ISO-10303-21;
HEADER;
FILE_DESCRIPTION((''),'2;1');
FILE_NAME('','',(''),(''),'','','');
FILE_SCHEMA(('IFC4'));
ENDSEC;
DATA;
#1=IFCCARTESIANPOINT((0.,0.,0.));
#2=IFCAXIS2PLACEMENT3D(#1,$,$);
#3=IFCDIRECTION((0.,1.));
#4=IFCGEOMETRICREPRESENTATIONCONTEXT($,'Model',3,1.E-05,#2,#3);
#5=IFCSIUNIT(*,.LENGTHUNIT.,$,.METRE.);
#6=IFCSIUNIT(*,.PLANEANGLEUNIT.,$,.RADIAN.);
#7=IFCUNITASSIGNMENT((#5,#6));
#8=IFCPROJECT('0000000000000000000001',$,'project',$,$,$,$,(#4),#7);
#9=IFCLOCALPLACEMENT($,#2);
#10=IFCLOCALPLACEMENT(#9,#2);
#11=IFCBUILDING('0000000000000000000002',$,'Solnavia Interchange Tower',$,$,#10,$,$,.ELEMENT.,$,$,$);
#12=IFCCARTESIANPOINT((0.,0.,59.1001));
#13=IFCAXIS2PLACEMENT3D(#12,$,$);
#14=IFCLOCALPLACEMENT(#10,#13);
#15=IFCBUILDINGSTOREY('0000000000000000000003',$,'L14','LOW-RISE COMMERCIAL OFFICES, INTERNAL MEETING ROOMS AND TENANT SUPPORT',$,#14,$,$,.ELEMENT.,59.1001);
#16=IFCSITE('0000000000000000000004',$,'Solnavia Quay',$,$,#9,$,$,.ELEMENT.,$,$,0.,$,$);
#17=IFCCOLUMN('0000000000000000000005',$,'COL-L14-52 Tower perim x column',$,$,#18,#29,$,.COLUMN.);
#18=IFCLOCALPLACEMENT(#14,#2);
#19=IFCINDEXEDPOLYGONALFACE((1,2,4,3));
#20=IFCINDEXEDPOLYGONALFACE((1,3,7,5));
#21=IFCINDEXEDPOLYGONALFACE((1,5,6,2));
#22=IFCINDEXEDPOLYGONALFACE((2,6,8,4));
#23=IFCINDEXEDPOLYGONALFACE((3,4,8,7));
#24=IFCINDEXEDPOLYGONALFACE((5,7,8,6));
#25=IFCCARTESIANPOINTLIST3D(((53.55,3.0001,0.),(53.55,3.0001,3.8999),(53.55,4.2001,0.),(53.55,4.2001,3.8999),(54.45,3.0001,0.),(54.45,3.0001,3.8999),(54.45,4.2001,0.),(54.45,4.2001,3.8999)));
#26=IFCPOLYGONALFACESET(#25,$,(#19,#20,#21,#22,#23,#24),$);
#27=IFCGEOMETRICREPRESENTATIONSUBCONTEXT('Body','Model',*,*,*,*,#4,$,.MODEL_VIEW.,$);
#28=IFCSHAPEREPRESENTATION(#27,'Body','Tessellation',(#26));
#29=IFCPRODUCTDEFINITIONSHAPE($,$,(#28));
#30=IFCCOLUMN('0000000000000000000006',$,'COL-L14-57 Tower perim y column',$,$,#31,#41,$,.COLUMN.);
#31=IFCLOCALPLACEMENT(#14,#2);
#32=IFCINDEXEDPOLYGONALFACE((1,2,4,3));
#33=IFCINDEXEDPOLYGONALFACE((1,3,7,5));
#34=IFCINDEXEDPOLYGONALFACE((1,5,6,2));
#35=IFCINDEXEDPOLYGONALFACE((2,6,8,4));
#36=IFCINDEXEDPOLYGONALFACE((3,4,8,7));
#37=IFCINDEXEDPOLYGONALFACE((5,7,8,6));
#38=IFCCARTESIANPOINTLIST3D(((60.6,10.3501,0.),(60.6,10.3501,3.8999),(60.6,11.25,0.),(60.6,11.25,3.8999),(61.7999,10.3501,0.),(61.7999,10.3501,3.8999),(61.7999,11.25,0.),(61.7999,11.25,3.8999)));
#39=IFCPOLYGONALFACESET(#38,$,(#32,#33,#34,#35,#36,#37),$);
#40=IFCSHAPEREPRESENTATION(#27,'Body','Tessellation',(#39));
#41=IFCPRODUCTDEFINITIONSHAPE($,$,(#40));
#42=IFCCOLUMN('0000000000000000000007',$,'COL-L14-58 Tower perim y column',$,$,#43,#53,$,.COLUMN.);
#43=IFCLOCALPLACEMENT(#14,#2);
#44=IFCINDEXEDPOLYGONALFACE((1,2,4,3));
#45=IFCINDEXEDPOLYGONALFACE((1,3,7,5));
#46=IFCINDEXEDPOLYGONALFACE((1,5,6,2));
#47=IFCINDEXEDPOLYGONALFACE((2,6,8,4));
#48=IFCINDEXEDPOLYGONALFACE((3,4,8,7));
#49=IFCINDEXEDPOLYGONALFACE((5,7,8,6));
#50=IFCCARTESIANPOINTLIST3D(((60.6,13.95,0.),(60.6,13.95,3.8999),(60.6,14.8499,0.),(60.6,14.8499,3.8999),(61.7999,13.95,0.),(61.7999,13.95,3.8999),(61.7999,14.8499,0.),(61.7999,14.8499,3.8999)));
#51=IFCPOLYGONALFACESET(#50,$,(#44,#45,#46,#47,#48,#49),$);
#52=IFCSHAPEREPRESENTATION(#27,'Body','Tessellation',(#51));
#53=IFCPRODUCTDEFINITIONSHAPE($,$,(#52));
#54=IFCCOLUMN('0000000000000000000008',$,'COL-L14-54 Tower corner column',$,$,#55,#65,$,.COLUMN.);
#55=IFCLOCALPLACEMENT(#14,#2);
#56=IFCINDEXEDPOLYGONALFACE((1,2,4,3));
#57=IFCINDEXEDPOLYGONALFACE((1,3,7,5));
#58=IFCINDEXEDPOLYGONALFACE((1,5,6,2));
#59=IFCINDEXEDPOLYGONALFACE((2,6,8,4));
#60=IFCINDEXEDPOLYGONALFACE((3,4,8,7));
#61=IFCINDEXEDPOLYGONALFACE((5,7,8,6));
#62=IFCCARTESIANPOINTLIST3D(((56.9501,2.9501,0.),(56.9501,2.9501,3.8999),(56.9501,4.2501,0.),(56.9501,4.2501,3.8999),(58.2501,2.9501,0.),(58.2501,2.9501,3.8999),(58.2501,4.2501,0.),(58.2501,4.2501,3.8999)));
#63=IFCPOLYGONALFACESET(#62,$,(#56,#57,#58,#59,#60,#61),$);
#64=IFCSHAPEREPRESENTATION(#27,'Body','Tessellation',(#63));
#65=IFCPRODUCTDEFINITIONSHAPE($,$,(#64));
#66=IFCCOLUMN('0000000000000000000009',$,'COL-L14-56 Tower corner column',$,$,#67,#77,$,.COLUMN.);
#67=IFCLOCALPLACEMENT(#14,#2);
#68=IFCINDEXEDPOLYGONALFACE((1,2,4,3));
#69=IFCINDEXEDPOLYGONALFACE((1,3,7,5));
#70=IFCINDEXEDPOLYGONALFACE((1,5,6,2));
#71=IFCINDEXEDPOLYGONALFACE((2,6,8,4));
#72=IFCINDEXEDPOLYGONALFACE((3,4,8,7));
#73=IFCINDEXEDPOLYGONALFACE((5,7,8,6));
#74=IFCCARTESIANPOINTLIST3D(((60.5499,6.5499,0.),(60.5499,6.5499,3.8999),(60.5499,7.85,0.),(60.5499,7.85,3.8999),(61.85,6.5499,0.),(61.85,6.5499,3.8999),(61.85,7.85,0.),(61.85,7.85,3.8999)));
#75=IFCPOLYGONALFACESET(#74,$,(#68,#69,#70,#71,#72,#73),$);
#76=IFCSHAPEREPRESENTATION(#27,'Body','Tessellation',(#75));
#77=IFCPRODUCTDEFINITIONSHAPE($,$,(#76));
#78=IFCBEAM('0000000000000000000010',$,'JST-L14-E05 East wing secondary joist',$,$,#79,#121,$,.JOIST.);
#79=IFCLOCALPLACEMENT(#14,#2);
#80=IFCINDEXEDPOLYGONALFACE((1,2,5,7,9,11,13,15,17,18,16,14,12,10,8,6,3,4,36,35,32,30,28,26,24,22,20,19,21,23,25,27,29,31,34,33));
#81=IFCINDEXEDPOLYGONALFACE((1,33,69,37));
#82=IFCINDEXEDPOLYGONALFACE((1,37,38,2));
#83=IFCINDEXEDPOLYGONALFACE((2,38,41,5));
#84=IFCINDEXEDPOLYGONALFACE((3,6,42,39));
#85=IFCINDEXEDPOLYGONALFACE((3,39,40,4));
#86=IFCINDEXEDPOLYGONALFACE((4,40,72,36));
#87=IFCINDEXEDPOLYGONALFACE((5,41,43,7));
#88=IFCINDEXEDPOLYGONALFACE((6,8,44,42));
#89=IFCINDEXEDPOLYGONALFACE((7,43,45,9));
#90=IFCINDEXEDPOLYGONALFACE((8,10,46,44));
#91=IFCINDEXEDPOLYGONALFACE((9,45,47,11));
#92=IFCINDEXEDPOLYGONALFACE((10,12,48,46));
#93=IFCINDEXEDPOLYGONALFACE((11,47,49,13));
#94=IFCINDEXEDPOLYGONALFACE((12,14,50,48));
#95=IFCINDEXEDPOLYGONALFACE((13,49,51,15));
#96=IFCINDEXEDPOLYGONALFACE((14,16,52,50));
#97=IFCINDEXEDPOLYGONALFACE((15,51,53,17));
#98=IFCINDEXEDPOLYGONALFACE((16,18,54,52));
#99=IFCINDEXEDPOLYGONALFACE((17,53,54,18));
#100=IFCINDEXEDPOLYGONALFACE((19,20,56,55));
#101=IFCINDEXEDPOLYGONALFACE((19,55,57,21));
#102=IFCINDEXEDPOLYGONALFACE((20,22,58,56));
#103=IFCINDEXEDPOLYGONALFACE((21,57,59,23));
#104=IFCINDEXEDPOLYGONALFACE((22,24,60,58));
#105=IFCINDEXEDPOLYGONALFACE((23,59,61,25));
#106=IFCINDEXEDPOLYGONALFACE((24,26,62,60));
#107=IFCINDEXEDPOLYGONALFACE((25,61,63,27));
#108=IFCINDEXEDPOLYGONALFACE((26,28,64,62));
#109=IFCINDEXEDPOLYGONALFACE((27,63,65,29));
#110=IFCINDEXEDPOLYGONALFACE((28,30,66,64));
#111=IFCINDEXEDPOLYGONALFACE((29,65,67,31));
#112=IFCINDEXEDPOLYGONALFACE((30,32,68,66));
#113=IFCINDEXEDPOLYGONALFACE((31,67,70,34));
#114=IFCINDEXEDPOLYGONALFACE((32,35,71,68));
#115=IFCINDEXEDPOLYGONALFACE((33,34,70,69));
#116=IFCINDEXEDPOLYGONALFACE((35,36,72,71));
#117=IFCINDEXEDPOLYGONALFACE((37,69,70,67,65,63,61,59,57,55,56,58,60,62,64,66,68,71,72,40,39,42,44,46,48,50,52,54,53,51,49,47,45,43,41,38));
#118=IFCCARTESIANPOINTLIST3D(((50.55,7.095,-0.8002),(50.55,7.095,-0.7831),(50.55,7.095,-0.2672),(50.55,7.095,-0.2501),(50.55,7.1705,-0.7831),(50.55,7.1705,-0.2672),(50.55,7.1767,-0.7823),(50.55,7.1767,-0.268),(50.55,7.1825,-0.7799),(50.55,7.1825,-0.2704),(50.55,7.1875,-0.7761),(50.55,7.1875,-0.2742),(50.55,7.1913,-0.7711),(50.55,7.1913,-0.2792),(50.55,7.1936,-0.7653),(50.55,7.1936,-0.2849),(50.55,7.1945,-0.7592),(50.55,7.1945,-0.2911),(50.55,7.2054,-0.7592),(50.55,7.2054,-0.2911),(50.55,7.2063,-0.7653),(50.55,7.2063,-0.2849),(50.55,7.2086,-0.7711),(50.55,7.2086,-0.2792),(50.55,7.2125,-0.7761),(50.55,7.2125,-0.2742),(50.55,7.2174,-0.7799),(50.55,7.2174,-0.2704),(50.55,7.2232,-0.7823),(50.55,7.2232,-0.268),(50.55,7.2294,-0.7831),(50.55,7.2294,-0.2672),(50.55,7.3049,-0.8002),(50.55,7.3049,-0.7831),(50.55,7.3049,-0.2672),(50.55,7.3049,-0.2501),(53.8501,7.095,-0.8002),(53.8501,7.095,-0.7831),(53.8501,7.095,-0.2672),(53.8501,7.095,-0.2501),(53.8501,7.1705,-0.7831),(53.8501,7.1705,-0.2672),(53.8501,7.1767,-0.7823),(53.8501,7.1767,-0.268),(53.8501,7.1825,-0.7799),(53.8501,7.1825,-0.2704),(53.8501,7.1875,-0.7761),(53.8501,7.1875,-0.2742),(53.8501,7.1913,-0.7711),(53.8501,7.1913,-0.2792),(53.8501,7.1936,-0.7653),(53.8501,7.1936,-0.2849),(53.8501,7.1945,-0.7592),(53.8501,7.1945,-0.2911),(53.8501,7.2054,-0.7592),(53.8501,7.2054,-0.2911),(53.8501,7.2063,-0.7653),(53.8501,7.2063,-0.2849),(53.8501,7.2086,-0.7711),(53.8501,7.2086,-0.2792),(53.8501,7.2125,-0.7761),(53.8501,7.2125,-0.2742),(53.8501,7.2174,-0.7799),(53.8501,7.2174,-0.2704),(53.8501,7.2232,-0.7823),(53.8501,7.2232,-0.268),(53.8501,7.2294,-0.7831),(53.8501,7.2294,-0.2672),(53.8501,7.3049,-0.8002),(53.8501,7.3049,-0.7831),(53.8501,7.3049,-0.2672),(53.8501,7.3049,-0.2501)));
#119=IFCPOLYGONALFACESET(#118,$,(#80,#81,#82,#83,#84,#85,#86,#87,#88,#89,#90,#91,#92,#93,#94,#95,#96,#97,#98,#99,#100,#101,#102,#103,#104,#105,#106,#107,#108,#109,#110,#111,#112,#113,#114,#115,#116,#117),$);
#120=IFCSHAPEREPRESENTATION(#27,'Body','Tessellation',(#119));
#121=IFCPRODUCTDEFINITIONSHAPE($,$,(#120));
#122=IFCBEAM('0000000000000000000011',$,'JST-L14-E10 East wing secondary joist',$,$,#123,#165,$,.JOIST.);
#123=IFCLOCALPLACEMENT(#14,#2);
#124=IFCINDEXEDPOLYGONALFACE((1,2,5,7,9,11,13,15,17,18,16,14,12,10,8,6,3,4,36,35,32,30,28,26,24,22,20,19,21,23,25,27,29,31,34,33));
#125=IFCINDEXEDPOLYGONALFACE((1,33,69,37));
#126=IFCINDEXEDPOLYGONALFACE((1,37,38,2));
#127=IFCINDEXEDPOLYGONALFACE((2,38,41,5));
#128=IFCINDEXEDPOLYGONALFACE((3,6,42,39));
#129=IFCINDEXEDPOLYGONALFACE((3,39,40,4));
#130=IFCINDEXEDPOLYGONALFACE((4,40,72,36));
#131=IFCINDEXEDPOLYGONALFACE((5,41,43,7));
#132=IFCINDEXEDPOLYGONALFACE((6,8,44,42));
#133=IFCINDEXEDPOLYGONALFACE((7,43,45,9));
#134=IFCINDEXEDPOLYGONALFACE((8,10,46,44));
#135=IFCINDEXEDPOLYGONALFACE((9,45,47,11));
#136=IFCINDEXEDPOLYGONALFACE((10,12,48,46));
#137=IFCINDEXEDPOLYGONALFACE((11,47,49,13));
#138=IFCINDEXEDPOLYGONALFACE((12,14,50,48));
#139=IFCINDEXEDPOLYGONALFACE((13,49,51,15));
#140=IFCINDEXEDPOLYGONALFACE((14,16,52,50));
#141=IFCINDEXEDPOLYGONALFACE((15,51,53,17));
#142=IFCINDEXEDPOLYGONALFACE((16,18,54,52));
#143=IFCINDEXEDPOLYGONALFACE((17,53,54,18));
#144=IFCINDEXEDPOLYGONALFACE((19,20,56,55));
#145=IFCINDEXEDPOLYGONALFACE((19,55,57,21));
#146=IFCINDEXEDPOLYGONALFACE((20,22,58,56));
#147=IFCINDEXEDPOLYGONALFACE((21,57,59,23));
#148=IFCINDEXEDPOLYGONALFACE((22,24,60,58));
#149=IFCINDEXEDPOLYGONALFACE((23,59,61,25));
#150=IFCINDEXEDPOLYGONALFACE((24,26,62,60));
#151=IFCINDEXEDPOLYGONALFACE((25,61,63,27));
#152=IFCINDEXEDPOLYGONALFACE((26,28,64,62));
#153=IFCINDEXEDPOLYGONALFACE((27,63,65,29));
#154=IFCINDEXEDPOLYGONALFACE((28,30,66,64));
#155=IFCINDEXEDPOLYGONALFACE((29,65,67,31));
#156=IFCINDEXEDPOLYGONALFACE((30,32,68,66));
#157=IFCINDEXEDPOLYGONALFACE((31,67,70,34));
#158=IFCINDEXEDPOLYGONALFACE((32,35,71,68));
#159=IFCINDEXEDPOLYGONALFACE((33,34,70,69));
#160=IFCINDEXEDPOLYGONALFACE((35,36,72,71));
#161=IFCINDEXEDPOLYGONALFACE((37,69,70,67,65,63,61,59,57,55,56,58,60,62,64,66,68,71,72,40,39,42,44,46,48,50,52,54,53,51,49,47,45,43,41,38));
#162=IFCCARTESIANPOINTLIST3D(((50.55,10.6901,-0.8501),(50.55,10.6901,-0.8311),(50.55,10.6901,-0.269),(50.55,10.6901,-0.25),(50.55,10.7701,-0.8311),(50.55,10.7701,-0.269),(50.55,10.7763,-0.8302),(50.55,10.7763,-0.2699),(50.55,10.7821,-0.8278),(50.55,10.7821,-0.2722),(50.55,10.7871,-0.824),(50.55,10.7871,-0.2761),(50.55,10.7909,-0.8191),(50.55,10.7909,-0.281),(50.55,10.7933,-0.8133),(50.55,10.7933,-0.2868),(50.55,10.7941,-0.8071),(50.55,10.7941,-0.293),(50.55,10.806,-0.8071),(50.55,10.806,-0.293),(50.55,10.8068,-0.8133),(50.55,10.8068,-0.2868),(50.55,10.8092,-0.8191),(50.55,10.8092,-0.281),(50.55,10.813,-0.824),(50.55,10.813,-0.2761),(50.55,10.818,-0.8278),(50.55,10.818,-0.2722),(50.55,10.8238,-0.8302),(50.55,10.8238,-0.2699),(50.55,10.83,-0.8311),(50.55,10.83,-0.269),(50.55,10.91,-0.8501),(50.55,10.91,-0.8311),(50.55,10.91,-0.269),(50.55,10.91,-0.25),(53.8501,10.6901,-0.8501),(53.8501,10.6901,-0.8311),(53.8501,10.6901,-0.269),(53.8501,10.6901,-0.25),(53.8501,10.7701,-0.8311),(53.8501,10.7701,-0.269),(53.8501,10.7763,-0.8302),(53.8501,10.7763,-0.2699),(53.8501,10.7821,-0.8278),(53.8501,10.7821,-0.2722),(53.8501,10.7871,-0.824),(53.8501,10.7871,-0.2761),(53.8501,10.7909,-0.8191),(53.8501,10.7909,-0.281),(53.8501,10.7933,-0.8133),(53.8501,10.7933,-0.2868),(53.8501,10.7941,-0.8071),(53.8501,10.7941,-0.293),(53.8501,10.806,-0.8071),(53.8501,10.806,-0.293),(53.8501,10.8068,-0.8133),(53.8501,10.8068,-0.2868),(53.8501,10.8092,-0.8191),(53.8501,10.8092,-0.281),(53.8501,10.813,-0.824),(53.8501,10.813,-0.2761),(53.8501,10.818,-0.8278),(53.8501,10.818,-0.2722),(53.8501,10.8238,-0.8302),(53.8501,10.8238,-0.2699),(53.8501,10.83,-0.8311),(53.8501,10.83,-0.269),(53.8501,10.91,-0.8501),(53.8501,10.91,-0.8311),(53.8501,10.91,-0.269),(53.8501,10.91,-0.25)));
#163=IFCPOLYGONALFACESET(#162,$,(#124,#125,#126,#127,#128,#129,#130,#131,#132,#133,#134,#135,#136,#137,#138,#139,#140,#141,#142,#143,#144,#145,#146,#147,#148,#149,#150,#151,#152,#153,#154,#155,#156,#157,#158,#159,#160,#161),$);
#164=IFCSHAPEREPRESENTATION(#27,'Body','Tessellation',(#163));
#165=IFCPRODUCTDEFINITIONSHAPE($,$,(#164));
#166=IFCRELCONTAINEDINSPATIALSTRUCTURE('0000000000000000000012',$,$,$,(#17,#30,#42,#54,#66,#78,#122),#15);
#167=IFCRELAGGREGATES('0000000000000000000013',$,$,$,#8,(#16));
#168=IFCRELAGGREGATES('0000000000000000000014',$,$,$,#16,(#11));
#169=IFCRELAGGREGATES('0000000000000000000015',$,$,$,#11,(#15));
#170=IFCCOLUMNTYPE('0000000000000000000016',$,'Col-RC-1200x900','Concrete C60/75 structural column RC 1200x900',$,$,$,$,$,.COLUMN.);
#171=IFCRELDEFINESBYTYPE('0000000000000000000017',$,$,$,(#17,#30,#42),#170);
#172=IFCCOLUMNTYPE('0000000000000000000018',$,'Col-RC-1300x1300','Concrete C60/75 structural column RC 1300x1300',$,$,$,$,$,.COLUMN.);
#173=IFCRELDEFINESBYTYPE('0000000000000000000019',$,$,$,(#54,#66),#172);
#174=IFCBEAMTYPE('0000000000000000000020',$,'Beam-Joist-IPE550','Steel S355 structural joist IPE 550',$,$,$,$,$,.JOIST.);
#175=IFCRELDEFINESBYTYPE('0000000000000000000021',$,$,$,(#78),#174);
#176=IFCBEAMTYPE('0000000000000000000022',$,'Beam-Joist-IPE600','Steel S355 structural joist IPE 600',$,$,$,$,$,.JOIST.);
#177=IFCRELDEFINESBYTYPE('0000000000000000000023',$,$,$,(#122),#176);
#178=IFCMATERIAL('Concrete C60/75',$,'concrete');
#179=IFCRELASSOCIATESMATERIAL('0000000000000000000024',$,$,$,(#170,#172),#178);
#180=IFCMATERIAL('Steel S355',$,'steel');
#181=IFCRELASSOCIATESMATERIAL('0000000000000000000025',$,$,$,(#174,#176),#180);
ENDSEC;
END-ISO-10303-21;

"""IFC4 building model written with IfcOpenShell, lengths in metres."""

from ifc_helpers import new_model, si_unit, direction, frame, origin, origin_2d, place, context, subcontext, project, spatial, rectangle, i_section, extrude, material, material_profile, profile_set, type_object, element, save


model = new_model("IFC4")

# Units and contexts
model_context = context("Model", 3, precision=1e-05, world=origin(), true_north=direction((0.0, 1.0)))
body_context = subcontext(model_context, "Body", "Model", "MODEL_VIEW")
ifc_project = project(units=[si_unit("LENGTHUNIT", "METRE"), si_unit("PLANEANGLEUNIT", "RADIAN")], contexts=[model_context])

# Site, building, storey
site_placement = place(None, origin())
site = spatial("IfcSite", under=ifc_project, at=site_placement, Name="Solnavia Quay", CompositionType="ELEMENT", RefElevation=0.0)
building_placement = place(site_placement, origin())
building = spatial("IfcBuilding", under=site, at=building_placement, Name="Solnavia Interchange Tower", CompositionType="ELEMENT")
storey_placement = place(building_placement, frame((0.0, 0.0, 59.1001)))
storey = spatial("IfcBuildingStorey", under=building, at=storey_placement, Name="L14", Description="LOW-RISE COMMERCIAL OFFICES, INTERNAL MEETING ROOMS AND TENANT SUPPORT", CompositionType="ELEMENT", Elevation=59.1001)

# Columns
ifc_material_1 = material(Name="Concrete C60/75", Category="concrete")
ifc_material_profile_1 = material_profile(ifc_material_1, rectangle(XDim=0.8999, YDim=1.2, at=origin_2d()), Name="RC 1200x900")
ifc_profile_set_1 = profile_set([ifc_material_profile_1], Name="Concrete C60/75")
column_type_1 = type_object("IfcColumnType", Name="Col-RC-1200x900", Description="Concrete C60/75 structural column RC 1200x900", PredefinedType="COLUMN", material=ifc_profile_set_1)
for number, where, z_axis, x_axis, name in (
    (1, (54.0, 3.6001, 0.0), (0.0, 0.0, 1.0), (1.0, 0.0, 0.0), "COL-L14-52 Tower perim x column"),
    (2, (61.2, 10.8, 0.0), (0.0, 0.0, 1.0), (0.0, 1.0, 0.0), "COL-L14-57 Tower perim y column"),
    (3, (61.2, 14.3999, 0.0), (0.0, 0.0, 1.0), (0.0, 1.0, 0.0), "COL-L14-58 Tower perim y column"),
):
    element("IfcColumn", number, at=place(storey_placement, frame(where, z_axis=z_axis, x_axis=x_axis)), inside=storey, type_object=column_type_1, Name=name, PredefinedType="COLUMN", context=body_context, shape_type="SweptSolid", body=[
        extrude(rectangle(XDim=0.8999, YDim=1.2, at=origin_2d()), origin(), (0.0, 0.0, 1.0), 3.8999),
    ])
ifc_material_profile_2 = material_profile(ifc_material_1, rectangle(XDim=1.3, YDim=1.3, at=origin_2d()), Name="RC 1300x1300")
ifc_profile_set_2 = profile_set([ifc_material_profile_2], Name="Concrete C60/75")
column_type_2 = type_object("IfcColumnType", Name="Col-RC-1300x1300", Description="Concrete C60/75 structural column RC 1300x1300", PredefinedType="COLUMN", material=ifc_profile_set_2)
for number, where, z_axis, x_axis, name in (
    (4, (57.6001, 3.6001, 0.0), (0.0, 0.0, 1.0), (1.0, 0.0, 0.0), "COL-L14-54 Tower corner column"),
    (5, (61.2, 7.2, 0.0), (0.0, 0.0, 1.0), (1.0, 0.0, 0.0), "COL-L14-56 Tower corner column"),
):
    element("IfcColumn", number, at=place(storey_placement, frame(where, z_axis=z_axis, x_axis=x_axis)), inside=storey, type_object=column_type_2, Name=name, PredefinedType="COLUMN", context=body_context, shape_type="SweptSolid", body=[
        extrude(rectangle(XDim=1.3, YDim=1.3, at=origin_2d()), origin(), (0.0, 0.0, 1.0), 3.8999),
    ])

# Beams
ifc_material_2 = material(Name="Steel S355", Category="steel")
ifc_material_profile_3 = material_profile(ifc_material_2, i_section(OverallWidth=0.21, OverallDepth=0.55, WebThickness=0.011, FlangeThickness=0.0171, FilletRadius=0.0239, at=origin_2d()), Name="IPE 550")
ifc_profile_set_3 = profile_set([ifc_material_profile_3], Name="Steel S355")
beam_type_1 = type_object("IfcBeamType", Name="Beam-Joist-IPE550", Description="Steel S355 structural joist IPE 550", PredefinedType="JOIST", material=ifc_profile_set_3)
beam_1_placement = place(storey_placement, frame((50.55, 7.2, -0.5251), z_axis=(1.0, 0.0, 0.0), x_axis=(0.0, 1.0, 0.0)))
element("IfcBeam", 6, at=beam_1_placement, inside=storey, type_object=beam_type_1, Name="JST-L14-E05 East wing secondary joist", PredefinedType="JOIST", context=body_context, shape_type="SweptSolid", body=[
    extrude(i_section(OverallWidth=0.21, OverallDepth=0.55, WebThickness=0.011, FlangeThickness=0.0171, FilletRadius=0.0239, at=origin_2d()), origin(), (0.0, 0.0, 1.0), 3.3),
])
ifc_material_profile_4 = material_profile(ifc_material_2, i_section(OverallWidth=0.22, OverallDepth=0.6001, WebThickness=0.012, FlangeThickness=0.019, FilletRadius=0.0239, at=origin_2d()), Name="IPE 600")
ifc_profile_set_4 = profile_set([ifc_material_profile_4], Name="Steel S355")
beam_type_2 = type_object("IfcBeamType", Name="Beam-Joist-IPE600", Description="Steel S355 structural joist IPE 600", PredefinedType="JOIST", material=ifc_profile_set_4)
beam_2_placement = place(storey_placement, frame((50.55, 10.8, -0.55), z_axis=(1.0, 0.0, 0.0), x_axis=(0.0, 1.0, 0.0)))
element("IfcBeam", 7, at=beam_2_placement, inside=storey, type_object=beam_type_2, Name="JST-L14-E10 East wing secondary joist", PredefinedType="JOIST", context=body_context, shape_type="SweptSolid", body=[
    extrude(i_section(OverallWidth=0.22, OverallDepth=0.6001, WebThickness=0.012, FlangeThickness=0.019, FilletRadius=0.0239, at=origin_2d()), origin(), (0.0, 0.0, 1.0), 3.3),
])

save(model, "model.ifc")
